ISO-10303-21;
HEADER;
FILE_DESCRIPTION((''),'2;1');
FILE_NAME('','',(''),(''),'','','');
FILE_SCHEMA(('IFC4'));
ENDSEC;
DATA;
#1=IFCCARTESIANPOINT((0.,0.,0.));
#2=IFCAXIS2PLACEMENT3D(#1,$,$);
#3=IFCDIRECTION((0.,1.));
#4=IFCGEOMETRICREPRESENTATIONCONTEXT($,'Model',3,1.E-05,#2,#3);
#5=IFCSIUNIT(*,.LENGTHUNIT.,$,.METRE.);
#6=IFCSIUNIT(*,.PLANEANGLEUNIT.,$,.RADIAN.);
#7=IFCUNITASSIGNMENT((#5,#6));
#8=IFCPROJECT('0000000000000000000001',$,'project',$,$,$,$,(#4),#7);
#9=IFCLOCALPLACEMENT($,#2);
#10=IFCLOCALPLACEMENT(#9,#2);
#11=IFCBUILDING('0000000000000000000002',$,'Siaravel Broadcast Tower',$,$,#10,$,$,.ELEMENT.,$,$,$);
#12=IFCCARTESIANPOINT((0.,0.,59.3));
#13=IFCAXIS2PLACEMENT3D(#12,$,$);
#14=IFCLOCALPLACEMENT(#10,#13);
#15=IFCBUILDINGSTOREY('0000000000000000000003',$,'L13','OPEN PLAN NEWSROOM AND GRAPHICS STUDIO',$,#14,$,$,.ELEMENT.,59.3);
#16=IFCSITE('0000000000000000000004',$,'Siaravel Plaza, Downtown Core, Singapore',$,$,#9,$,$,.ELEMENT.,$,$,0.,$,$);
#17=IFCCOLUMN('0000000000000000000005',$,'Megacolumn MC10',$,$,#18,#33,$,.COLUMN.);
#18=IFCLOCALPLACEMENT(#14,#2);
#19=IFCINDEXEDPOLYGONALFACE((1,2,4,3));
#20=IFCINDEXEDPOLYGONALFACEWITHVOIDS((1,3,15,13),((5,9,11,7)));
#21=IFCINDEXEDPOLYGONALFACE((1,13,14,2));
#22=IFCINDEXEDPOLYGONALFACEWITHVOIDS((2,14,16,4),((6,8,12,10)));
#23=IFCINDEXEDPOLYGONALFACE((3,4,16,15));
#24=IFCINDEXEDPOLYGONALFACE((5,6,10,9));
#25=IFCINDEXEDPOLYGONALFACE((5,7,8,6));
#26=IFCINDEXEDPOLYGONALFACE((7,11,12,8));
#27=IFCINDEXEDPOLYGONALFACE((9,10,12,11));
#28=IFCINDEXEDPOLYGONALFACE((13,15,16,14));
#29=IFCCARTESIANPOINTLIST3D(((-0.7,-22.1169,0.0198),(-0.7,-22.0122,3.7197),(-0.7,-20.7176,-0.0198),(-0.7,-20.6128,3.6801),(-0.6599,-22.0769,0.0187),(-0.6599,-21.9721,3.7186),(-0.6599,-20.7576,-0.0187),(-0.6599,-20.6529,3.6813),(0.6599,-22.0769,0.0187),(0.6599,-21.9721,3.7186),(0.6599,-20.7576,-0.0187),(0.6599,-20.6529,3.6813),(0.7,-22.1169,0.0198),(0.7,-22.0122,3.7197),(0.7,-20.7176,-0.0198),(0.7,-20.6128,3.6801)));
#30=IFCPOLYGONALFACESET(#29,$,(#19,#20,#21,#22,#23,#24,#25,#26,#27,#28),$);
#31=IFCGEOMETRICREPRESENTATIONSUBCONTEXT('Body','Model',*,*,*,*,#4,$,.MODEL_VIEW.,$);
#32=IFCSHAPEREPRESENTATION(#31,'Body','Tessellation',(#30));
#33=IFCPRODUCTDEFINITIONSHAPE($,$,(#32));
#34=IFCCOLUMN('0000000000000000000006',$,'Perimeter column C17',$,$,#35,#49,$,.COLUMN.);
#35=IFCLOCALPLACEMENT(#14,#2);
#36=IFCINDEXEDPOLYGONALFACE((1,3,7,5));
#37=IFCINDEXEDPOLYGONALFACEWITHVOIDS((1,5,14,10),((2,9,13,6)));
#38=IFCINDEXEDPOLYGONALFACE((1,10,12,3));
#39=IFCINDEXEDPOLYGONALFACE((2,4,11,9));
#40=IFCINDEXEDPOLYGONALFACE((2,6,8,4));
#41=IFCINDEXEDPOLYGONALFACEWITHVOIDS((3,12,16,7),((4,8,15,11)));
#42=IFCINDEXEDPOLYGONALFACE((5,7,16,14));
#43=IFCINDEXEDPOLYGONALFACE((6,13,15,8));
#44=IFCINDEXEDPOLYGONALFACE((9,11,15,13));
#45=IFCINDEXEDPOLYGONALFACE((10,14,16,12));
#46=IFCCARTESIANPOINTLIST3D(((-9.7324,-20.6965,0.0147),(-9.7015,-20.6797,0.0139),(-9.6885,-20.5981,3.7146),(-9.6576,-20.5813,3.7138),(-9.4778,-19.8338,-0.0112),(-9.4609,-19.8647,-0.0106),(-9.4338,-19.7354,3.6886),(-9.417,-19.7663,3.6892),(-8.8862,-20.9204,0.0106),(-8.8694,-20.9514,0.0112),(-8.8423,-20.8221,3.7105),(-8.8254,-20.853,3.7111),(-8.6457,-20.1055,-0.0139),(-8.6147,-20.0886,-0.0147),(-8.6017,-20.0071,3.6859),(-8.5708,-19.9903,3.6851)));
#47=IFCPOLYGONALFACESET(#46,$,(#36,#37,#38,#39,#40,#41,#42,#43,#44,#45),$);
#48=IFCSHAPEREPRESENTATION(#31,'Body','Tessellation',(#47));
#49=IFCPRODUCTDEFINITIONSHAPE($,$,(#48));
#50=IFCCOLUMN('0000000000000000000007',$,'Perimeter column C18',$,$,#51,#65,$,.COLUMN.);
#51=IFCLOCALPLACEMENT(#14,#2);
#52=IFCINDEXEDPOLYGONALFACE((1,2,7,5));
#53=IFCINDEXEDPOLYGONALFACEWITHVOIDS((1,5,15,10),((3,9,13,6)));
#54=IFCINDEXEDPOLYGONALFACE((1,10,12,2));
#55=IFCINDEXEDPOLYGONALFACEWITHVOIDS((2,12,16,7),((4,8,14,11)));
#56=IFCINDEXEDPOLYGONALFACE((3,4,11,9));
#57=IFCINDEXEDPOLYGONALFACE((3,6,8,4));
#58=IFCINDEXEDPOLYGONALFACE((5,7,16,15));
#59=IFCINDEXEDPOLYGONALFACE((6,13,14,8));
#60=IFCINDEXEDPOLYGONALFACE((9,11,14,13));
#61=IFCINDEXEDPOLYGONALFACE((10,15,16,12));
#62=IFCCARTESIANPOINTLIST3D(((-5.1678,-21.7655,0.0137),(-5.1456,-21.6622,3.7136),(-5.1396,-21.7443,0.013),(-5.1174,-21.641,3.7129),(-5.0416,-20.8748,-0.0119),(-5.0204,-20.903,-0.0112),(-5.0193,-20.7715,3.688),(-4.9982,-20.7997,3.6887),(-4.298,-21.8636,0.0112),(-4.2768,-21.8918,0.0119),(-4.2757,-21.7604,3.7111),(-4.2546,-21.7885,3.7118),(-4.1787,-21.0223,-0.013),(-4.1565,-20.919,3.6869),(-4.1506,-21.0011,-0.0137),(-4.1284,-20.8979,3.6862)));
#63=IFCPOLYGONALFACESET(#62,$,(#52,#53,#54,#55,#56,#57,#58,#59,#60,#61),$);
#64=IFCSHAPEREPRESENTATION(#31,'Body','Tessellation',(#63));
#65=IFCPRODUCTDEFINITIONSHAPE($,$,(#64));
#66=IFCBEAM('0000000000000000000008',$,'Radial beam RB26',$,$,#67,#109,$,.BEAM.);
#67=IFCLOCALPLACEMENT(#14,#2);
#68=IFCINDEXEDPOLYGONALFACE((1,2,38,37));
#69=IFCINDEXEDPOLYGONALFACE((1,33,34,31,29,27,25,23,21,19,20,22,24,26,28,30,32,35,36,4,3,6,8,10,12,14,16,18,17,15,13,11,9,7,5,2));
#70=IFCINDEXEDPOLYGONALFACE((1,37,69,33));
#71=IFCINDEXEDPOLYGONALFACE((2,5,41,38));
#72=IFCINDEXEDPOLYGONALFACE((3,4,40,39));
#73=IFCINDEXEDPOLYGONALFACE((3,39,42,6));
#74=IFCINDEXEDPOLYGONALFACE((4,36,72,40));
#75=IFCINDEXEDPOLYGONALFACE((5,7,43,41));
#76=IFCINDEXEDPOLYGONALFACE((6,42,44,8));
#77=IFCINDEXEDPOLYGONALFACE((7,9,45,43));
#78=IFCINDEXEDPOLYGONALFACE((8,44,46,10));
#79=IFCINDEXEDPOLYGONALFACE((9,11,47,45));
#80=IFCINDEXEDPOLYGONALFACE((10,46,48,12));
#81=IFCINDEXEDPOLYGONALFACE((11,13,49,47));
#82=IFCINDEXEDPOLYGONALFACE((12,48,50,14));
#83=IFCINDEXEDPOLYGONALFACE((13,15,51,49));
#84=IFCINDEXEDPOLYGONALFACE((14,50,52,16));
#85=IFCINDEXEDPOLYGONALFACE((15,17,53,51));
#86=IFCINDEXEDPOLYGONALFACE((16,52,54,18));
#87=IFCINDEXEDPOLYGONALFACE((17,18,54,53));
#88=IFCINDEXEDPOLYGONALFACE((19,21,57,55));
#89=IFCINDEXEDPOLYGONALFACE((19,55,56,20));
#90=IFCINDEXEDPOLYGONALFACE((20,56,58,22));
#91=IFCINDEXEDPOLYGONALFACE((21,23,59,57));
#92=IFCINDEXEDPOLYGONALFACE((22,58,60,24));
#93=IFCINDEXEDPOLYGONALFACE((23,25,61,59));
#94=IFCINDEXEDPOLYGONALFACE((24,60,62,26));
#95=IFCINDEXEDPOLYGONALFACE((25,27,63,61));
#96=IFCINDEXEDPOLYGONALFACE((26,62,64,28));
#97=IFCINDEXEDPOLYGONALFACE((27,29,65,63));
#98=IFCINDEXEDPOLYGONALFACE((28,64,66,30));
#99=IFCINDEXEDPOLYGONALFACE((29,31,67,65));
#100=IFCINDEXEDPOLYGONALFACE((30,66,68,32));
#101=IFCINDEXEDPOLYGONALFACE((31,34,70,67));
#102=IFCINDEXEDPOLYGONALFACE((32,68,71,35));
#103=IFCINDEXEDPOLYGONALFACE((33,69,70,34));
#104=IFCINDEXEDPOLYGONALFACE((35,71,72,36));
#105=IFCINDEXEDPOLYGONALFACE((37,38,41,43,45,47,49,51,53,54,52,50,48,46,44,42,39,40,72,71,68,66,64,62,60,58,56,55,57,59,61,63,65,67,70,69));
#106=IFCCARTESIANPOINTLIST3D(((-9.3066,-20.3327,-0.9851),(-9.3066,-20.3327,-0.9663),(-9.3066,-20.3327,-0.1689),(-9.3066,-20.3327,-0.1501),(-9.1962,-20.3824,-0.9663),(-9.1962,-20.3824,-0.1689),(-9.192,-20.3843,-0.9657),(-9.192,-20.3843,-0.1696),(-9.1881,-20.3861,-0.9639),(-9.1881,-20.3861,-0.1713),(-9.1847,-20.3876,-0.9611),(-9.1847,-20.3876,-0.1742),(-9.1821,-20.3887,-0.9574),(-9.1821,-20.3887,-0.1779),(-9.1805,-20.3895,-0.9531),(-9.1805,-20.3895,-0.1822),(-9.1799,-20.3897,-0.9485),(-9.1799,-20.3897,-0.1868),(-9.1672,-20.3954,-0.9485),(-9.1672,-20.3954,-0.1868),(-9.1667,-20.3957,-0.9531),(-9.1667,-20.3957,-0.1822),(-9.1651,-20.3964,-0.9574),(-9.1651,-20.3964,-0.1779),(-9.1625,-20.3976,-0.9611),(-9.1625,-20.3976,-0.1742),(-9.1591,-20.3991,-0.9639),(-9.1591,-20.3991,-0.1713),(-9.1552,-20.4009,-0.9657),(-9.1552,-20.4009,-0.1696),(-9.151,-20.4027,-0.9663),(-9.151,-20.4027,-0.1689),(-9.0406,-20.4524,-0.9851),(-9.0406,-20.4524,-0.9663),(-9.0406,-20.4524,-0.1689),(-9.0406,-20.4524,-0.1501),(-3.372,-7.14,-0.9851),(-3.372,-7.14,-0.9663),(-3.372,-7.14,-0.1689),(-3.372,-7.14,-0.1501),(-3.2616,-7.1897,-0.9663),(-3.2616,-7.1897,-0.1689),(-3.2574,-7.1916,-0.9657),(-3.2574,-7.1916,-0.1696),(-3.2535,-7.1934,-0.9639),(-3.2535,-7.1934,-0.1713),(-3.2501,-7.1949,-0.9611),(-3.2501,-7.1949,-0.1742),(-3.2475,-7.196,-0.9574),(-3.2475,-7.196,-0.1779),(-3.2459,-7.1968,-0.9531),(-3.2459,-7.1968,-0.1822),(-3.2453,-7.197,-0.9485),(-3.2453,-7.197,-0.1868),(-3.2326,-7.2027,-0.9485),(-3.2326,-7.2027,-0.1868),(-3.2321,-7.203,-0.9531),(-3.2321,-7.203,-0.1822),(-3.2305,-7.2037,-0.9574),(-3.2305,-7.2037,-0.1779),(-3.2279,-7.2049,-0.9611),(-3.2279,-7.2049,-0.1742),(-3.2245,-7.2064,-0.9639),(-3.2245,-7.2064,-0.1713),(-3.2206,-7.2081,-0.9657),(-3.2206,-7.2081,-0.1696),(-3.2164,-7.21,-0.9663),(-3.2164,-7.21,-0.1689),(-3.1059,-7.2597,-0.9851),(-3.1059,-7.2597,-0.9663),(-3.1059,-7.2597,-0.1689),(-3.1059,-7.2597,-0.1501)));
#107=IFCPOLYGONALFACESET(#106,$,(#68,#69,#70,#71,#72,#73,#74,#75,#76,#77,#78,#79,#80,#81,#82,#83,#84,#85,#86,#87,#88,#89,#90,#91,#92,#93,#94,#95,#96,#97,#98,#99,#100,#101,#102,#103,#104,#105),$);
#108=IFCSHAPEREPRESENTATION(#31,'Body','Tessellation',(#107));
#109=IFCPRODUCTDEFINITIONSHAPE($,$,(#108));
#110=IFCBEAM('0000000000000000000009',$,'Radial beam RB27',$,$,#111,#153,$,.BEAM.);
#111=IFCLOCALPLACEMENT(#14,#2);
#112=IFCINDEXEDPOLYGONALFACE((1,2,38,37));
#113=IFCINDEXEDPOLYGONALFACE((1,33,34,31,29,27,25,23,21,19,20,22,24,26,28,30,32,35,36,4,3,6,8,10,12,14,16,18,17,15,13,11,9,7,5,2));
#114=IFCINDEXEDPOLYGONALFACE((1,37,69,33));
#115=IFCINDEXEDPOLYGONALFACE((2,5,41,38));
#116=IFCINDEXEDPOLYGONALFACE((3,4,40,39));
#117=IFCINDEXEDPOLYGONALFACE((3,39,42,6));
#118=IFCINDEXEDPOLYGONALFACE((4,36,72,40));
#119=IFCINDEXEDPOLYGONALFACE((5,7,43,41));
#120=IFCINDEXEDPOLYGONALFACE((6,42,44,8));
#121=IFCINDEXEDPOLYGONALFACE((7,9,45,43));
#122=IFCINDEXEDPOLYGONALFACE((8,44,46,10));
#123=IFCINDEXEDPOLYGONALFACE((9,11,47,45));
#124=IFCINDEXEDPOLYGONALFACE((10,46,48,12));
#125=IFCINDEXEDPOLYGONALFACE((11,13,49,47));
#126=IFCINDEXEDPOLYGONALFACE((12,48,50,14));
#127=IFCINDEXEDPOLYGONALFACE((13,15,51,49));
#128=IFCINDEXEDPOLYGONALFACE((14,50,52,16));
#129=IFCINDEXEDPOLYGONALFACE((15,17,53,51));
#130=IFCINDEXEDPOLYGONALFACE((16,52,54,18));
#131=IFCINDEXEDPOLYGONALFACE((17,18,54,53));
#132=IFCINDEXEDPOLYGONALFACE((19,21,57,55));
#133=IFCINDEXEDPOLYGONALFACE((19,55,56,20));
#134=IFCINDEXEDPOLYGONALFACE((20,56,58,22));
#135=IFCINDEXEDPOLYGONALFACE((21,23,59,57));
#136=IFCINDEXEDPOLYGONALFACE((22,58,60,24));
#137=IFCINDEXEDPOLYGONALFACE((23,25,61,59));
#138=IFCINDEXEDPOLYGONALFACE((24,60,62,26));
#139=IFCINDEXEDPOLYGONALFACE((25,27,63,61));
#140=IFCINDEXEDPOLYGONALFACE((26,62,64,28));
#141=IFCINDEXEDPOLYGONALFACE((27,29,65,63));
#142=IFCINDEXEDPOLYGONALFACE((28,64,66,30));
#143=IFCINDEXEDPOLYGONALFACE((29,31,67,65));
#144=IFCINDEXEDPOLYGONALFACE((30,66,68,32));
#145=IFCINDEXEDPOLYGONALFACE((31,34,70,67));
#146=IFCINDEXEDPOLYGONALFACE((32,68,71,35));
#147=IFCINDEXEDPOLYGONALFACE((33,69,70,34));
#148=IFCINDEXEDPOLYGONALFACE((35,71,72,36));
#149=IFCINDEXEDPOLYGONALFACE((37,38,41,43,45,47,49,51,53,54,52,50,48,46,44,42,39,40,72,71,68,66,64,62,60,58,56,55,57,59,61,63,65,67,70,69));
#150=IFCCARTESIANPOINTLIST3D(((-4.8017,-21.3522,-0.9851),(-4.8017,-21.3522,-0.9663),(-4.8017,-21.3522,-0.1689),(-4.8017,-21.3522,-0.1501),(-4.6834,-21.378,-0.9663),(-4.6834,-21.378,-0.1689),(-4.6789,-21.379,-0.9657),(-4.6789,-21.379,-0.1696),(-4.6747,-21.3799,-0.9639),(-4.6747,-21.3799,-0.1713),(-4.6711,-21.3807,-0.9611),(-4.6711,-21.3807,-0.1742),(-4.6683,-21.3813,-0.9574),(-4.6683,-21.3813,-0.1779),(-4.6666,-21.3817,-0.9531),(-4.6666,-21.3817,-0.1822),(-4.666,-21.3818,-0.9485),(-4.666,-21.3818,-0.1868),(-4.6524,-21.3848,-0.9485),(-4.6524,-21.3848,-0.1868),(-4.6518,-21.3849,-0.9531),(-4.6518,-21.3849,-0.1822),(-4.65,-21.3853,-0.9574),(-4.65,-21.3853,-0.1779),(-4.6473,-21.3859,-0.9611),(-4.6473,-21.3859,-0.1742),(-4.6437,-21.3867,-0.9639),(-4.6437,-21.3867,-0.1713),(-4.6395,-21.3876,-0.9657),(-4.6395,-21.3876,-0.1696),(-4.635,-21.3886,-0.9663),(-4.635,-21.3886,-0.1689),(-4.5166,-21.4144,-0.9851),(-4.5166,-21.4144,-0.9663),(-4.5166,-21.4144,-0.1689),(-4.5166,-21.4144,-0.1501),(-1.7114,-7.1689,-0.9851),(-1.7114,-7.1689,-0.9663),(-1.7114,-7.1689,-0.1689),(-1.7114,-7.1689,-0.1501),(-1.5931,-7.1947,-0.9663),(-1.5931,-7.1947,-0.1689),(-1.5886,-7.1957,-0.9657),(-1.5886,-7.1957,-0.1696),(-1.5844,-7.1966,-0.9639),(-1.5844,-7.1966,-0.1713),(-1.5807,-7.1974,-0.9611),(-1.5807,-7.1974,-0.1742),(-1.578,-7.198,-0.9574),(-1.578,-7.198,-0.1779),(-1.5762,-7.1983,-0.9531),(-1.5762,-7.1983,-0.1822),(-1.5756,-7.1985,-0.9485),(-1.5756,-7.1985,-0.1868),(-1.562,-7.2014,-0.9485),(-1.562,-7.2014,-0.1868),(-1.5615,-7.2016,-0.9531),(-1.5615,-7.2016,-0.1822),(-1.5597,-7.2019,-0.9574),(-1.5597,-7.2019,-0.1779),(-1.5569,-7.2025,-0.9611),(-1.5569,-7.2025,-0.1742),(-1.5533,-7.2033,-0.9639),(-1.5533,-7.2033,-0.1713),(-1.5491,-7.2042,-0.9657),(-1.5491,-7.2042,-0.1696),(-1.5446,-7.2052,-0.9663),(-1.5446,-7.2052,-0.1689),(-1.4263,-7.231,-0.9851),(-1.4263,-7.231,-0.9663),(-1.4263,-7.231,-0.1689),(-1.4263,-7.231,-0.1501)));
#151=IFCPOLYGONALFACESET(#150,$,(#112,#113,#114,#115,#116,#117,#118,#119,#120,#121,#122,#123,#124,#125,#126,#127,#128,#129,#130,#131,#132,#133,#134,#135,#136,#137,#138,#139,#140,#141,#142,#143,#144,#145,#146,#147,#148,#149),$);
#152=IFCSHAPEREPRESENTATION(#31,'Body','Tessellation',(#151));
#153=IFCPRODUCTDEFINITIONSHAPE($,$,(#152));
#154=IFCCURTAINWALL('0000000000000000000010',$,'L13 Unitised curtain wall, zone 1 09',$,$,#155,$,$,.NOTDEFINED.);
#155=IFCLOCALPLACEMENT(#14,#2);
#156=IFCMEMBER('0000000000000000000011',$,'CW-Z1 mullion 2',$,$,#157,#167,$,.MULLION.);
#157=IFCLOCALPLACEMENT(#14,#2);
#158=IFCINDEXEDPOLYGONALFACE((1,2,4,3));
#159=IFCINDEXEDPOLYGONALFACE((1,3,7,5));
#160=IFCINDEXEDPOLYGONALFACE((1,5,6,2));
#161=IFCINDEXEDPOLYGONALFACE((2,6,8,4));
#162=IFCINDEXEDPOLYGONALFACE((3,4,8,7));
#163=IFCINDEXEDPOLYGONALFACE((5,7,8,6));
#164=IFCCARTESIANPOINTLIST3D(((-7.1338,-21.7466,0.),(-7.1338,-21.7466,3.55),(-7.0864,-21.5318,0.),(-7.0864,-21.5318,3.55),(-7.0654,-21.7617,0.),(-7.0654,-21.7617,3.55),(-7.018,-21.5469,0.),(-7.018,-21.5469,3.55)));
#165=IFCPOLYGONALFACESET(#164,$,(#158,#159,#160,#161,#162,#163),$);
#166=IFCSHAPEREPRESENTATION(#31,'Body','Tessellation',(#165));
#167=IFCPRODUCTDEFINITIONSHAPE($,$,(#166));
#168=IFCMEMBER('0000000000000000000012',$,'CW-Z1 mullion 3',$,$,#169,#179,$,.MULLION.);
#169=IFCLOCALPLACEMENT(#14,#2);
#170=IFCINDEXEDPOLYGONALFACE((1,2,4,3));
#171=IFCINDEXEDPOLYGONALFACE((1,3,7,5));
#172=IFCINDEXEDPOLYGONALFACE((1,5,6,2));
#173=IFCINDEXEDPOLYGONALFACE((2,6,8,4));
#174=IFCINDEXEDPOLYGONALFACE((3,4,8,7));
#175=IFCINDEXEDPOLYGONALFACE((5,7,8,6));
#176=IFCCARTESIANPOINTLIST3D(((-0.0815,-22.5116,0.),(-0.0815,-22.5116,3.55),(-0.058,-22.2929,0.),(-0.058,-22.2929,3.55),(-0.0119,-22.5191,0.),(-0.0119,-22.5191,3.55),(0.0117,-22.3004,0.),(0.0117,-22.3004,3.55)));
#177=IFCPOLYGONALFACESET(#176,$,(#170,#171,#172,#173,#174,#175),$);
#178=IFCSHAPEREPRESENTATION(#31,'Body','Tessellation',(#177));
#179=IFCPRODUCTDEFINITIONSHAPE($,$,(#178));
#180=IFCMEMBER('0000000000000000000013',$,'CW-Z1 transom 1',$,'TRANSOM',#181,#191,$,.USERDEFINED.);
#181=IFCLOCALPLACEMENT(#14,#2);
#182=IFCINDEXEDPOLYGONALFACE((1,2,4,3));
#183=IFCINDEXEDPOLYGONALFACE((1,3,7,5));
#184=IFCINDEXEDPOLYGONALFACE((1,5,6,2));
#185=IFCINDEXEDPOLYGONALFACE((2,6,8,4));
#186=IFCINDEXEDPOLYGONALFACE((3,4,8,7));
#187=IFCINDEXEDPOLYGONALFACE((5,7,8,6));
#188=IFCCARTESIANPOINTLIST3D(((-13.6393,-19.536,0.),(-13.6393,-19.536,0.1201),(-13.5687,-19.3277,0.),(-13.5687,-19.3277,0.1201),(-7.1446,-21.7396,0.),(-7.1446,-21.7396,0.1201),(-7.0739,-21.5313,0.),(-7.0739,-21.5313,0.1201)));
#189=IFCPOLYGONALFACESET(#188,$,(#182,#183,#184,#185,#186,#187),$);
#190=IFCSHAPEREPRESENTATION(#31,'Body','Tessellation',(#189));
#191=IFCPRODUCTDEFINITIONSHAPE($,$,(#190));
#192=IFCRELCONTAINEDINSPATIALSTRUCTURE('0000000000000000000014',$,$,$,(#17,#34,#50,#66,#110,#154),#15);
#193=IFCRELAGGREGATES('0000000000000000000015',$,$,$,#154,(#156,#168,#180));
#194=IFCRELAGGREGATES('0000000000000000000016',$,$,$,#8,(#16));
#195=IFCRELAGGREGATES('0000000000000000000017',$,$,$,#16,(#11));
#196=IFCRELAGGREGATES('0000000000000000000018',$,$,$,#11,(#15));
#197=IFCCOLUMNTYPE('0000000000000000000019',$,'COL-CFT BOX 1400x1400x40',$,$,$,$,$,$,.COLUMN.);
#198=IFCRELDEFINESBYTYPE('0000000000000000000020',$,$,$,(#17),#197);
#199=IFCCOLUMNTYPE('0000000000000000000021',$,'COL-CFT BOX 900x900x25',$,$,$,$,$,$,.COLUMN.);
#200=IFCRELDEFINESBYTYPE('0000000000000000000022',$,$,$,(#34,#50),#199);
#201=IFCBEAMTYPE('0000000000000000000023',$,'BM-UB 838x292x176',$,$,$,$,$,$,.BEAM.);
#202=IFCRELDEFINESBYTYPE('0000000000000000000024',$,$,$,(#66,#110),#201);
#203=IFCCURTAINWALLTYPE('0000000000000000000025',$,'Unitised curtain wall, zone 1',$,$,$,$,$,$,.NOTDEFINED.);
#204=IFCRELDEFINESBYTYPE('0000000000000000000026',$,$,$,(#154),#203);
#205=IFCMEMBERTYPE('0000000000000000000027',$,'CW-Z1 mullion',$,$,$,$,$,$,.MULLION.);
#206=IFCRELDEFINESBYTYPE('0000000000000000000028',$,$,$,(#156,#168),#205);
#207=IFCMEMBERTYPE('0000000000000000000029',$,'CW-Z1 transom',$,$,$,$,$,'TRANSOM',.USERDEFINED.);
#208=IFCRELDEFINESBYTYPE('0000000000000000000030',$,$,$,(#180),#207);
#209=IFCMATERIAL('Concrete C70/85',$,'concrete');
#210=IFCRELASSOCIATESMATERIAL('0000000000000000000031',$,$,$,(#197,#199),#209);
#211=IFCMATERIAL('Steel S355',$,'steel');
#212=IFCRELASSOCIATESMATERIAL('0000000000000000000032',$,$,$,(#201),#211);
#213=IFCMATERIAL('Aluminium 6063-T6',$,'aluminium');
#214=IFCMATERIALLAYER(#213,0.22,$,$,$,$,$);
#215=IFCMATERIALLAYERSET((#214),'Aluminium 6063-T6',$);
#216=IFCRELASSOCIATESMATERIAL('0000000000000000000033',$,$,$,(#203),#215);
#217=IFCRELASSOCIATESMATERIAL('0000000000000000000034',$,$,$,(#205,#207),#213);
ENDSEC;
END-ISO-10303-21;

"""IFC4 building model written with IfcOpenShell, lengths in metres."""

from ifc_helpers import new_model, si_unit, direction, frame, origin, origin_2d, place, context, subcontext, project, spatial, rectangle, hollow_rectangle, i_section, extrude, material, layer, layer_set, material_profile, profile_set, type_object, element, aggregate, save


model = new_model("IFC4")

# Units and contexts
model_context = context("Model", 3, precision=1e-05, world=origin(), true_north=direction((0.0, 1.0)))
body_context = subcontext(model_context, "Body", "Model", "MODEL_VIEW")
ifc_project = project(units=[si_unit("LENGTHUNIT", "METRE"), si_unit("PLANEANGLEUNIT", "RADIAN")], contexts=[model_context])

# Site, building, storey
site_placement = place(None, origin())
site = spatial("IfcSite", under=ifc_project, at=site_placement, Name="Siaravel Plaza, Downtown Core, Singapore", CompositionType="ELEMENT", RefElevation=0.0)
building_placement = place(site_placement, origin())
building = spatial("IfcBuilding", under=site, at=building_placement, Name="Siaravel Broadcast Tower", CompositionType="ELEMENT")
storey_placement = place(building_placement, frame((0.0, 0.0, 59.3)))
storey = spatial("IfcBuildingStorey", under=building, at=storey_placement, Name="L13", Description="OPEN PLAN NEWSROOM AND GRAPHICS STUDIO", CompositionType="ELEMENT", Elevation=59.3)

# Columns
ifc_material_1 = material(Name="Concrete C70/85", Category="concrete")
ifc_material_profile_1 = material_profile(ifc_material_1, hollow_rectangle(XDim=1.3999, YDim=1.3999, WallThickness=0.04, at=origin_2d()))
ifc_profile_set_1 = profile_set([ifc_material_profile_1], Name="Concrete C70/85")
column_type_1 = type_object("IfcColumnType", Name="COL-CFT BOX 1400x1400x40", PredefinedType="COLUMN", material=ifc_profile_set_1)
column_placement = place(storey_placement, frame((0.0, -21.4172, 0.0), z_axis=(0.0, 0.028296, 0.9996), x_axis=(-1.0, 0.0, 0.0)))
element("IfcColumn", 1, at=column_placement, inside=storey, type_object=column_type_1, Name="Megacolumn MC10", PredefinedType="COLUMN", context=body_context, shape_type="SweptSolid", body=[
    extrude(hollow_rectangle(XDim=1.3999, YDim=1.3999, WallThickness=0.04, at=origin_2d()), origin(), (0.0, 0.0, 1.0), 3.7014),
])
ifc_material_profile_2 = material_profile(ifc_material_1, hollow_rectangle(XDim=0.8999, YDim=0.8999, WallThickness=0.0249, at=origin_2d()))
ifc_profile_set_2 = profile_set([ifc_material_profile_2], Name="Concrete C70/85")
column_type_2 = type_object("IfcColumnType", Name="COL-CFT BOX 900x900x25", PredefinedType="COLUMN", material=ifc_profile_set_2)
for number, where, z_axis, x_axis, name in (
    (2, (-9.1736, -20.3926, 0.0), (0.011872, 0.026581, 0.999576), (-0.95905, 0.283212, 0.00386), "Perimeter column C17"),
    (3, (-4.6592, -21.3833, 0.0), (0.006002, 0.0279, 0.999593), (-0.990096, 0.140377, 0.002027), "Perimeter column C18"),
):
    element("IfcColumn", number, at=place(storey_placement, frame(where, z_axis=z_axis, x_axis=x_axis)), inside=storey, type_object=column_type_2, Name=name, PredefinedType="COLUMN", context=body_context, shape_type="SweptSolid", body=[
        extrude(hollow_rectangle(XDim=0.8999, YDim=0.8999, WallThickness=0.0249, at=origin_2d()), origin(), (0.0, 0.0, 1.0), 3.7014),
    ])

# Beams
ifc_material_2 = material(Name="Steel S355", Category="steel")
ifc_material_profile_3 = material_profile(ifc_material_2, i_section(OverallWidth=0.2917, OverallDepth=0.835, WebThickness=0.0139, FlangeThickness=0.0188, FilletRadius=0.0178, at=origin_2d()))
ifc_profile_set_3 = profile_set([ifc_material_profile_3], Name="Steel S355")
beam_type = type_object("IfcBeamType", Name="BM-UB 838x292x176", PredefinedType="BEAM", material=ifc_profile_set_3)
beam_1_placement = place(storey_placement, frame((-9.1736, -20.3926, -0.5676), z_axis=(0.410243, 0.911976, 0.0), x_axis=(-0.911976, 0.410243, 0.0)))
element("IfcBeam", 4, at=beam_1_placement, inside=storey, type_object=beam_type, Name="Radial beam RB26", PredefinedType="BEAM", context=body_context, shape_type="SweptSolid", body=[
    extrude(i_section(OverallWidth=0.2917, OverallDepth=0.835, WebThickness=0.0139, FlangeThickness=0.0188, FilletRadius=0.0178, at=origin_2d()), origin(), (0.0, 0.0, 1.0), 14.4661),
])
beam_2_placement = place(storey_placement, frame((-4.6592, -21.3833, -0.5676), z_axis=(0.21289, 0.977076, 0.0), x_axis=(-0.977076, 0.21289, 0.0)))
element("IfcBeam", 5, at=beam_2_placement, inside=storey, type_object=beam_type, Name="Radial beam RB27", PredefinedType="BEAM", context=body_context, shape_type="SweptSolid", body=[
    extrude(i_section(OverallWidth=0.2917, OverallDepth=0.835, WebThickness=0.0139, FlangeThickness=0.0188, FilletRadius=0.0178, at=origin_2d()), origin(), (0.0, 0.0, 1.0), 14.5161),
])

# Curtain wall, members
ifc_material_3 = material(Name="Aluminium 6063-T6", Category="aluminium")
ifc_layer_1 = layer(ifc_material_3, 0.22)
ifc_layer_set_1 = layer_set([ifc_layer_1], Name="Aluminium 6063-T6")
curtain_wall_type = type_object("IfcCurtainWallType", Name="Unitised curtain wall, zone 1", PredefinedType="NOTDEFINED", material=ifc_layer_set_1)
curtain_wall_placement = place(storey_placement, origin())
curtain_wall = element("IfcCurtainWall", 6, at=curtain_wall_placement, inside=storey, type_object=curtain_wall_type, Name="L13 Unitised curtain wall, zone 1 09", PredefinedType="NOTDEFINED")
ifc_material_profile_4 = material_profile(ifc_material_3, rectangle(XDim=0.22, YDim=0.0701, at=origin_2d()))
ifc_profile_set_4 = profile_set([ifc_material_profile_4], Name="Aluminium 6063-T6")
member_type_1 = type_object("IfcMemberType", Name="CW-Z1 mullion", PredefinedType="MULLION", material=ifc_profile_set_4)
member_1_placement = place(storey_placement, frame((-7.0759, -21.6467, 0.0), z_axis=(0.0, 0.0, 1.0), x_axis=(0.215557, 0.976491, 0.0)))
member_1 = element("IfcMember", 7, at=member_1_placement, type_object=member_type_1, Name="CW-Z1 mullion 2", PredefinedType="MULLION", context=body_context, shape_type="SweptSolid", body=[
    extrude(rectangle(XDim=0.22, YDim=0.0701, at=origin_2d()), origin(), (0.0, 0.0, 1.0), 3.55),
])
member_2_placement = place(storey_placement, frame((-0.0349, -22.406, 0.0), z_axis=(0.0, 0.0, 1.0), x_axis=(0.107217, 0.994236, 0.0)))
member_2 = element("IfcMember", 8, at=member_2_placement, type_object=member_type_1, Name="CW-Z1 mullion 3", PredefinedType="MULLION", context=body_context, shape_type="SweptSolid", body=[
    extrude(rectangle(XDim=0.22, YDim=0.0701, at=origin_2d()), origin(), (0.0, 0.0, 1.0), 3.55),
])
ifc_material_profile_5 = material_profile(ifc_material_3, rectangle(XDim=0.22, YDim=0.1201, at=origin_2d()))
ifc_profile_set_5 = profile_set([ifc_material_profile_5], Name="Aluminium 6063-T6")
member_type_2 = type_object("IfcMemberType", Name="CW-Z1 transom", ElementType="TRANSOM", PredefinedType="USERDEFINED", material=ifc_profile_set_5)
member_3_placement = place(storey_placement, frame((-13.604, -19.4319, 0.0601), z_axis=(0.946979, -0.321296, 0.0), x_axis=(0.321296, 0.946979, 0.0)))
member_3 = element("IfcMember", 9, at=member_3_placement, type_object=member_type_2, Name="CW-Z1 transom 1", ObjectType="TRANSOM", PredefinedType="USERDEFINED", context=body_context, shape_type="SweptSolid", body=[
    extrude(rectangle(XDim=0.22, YDim=0.1201, at=origin_2d()), origin(), (0.0, 0.0, 1.0), 6.8584),
])

aggregate(curtain_wall, [member_1, member_2, member_3])

save(model, "model.ifc")
